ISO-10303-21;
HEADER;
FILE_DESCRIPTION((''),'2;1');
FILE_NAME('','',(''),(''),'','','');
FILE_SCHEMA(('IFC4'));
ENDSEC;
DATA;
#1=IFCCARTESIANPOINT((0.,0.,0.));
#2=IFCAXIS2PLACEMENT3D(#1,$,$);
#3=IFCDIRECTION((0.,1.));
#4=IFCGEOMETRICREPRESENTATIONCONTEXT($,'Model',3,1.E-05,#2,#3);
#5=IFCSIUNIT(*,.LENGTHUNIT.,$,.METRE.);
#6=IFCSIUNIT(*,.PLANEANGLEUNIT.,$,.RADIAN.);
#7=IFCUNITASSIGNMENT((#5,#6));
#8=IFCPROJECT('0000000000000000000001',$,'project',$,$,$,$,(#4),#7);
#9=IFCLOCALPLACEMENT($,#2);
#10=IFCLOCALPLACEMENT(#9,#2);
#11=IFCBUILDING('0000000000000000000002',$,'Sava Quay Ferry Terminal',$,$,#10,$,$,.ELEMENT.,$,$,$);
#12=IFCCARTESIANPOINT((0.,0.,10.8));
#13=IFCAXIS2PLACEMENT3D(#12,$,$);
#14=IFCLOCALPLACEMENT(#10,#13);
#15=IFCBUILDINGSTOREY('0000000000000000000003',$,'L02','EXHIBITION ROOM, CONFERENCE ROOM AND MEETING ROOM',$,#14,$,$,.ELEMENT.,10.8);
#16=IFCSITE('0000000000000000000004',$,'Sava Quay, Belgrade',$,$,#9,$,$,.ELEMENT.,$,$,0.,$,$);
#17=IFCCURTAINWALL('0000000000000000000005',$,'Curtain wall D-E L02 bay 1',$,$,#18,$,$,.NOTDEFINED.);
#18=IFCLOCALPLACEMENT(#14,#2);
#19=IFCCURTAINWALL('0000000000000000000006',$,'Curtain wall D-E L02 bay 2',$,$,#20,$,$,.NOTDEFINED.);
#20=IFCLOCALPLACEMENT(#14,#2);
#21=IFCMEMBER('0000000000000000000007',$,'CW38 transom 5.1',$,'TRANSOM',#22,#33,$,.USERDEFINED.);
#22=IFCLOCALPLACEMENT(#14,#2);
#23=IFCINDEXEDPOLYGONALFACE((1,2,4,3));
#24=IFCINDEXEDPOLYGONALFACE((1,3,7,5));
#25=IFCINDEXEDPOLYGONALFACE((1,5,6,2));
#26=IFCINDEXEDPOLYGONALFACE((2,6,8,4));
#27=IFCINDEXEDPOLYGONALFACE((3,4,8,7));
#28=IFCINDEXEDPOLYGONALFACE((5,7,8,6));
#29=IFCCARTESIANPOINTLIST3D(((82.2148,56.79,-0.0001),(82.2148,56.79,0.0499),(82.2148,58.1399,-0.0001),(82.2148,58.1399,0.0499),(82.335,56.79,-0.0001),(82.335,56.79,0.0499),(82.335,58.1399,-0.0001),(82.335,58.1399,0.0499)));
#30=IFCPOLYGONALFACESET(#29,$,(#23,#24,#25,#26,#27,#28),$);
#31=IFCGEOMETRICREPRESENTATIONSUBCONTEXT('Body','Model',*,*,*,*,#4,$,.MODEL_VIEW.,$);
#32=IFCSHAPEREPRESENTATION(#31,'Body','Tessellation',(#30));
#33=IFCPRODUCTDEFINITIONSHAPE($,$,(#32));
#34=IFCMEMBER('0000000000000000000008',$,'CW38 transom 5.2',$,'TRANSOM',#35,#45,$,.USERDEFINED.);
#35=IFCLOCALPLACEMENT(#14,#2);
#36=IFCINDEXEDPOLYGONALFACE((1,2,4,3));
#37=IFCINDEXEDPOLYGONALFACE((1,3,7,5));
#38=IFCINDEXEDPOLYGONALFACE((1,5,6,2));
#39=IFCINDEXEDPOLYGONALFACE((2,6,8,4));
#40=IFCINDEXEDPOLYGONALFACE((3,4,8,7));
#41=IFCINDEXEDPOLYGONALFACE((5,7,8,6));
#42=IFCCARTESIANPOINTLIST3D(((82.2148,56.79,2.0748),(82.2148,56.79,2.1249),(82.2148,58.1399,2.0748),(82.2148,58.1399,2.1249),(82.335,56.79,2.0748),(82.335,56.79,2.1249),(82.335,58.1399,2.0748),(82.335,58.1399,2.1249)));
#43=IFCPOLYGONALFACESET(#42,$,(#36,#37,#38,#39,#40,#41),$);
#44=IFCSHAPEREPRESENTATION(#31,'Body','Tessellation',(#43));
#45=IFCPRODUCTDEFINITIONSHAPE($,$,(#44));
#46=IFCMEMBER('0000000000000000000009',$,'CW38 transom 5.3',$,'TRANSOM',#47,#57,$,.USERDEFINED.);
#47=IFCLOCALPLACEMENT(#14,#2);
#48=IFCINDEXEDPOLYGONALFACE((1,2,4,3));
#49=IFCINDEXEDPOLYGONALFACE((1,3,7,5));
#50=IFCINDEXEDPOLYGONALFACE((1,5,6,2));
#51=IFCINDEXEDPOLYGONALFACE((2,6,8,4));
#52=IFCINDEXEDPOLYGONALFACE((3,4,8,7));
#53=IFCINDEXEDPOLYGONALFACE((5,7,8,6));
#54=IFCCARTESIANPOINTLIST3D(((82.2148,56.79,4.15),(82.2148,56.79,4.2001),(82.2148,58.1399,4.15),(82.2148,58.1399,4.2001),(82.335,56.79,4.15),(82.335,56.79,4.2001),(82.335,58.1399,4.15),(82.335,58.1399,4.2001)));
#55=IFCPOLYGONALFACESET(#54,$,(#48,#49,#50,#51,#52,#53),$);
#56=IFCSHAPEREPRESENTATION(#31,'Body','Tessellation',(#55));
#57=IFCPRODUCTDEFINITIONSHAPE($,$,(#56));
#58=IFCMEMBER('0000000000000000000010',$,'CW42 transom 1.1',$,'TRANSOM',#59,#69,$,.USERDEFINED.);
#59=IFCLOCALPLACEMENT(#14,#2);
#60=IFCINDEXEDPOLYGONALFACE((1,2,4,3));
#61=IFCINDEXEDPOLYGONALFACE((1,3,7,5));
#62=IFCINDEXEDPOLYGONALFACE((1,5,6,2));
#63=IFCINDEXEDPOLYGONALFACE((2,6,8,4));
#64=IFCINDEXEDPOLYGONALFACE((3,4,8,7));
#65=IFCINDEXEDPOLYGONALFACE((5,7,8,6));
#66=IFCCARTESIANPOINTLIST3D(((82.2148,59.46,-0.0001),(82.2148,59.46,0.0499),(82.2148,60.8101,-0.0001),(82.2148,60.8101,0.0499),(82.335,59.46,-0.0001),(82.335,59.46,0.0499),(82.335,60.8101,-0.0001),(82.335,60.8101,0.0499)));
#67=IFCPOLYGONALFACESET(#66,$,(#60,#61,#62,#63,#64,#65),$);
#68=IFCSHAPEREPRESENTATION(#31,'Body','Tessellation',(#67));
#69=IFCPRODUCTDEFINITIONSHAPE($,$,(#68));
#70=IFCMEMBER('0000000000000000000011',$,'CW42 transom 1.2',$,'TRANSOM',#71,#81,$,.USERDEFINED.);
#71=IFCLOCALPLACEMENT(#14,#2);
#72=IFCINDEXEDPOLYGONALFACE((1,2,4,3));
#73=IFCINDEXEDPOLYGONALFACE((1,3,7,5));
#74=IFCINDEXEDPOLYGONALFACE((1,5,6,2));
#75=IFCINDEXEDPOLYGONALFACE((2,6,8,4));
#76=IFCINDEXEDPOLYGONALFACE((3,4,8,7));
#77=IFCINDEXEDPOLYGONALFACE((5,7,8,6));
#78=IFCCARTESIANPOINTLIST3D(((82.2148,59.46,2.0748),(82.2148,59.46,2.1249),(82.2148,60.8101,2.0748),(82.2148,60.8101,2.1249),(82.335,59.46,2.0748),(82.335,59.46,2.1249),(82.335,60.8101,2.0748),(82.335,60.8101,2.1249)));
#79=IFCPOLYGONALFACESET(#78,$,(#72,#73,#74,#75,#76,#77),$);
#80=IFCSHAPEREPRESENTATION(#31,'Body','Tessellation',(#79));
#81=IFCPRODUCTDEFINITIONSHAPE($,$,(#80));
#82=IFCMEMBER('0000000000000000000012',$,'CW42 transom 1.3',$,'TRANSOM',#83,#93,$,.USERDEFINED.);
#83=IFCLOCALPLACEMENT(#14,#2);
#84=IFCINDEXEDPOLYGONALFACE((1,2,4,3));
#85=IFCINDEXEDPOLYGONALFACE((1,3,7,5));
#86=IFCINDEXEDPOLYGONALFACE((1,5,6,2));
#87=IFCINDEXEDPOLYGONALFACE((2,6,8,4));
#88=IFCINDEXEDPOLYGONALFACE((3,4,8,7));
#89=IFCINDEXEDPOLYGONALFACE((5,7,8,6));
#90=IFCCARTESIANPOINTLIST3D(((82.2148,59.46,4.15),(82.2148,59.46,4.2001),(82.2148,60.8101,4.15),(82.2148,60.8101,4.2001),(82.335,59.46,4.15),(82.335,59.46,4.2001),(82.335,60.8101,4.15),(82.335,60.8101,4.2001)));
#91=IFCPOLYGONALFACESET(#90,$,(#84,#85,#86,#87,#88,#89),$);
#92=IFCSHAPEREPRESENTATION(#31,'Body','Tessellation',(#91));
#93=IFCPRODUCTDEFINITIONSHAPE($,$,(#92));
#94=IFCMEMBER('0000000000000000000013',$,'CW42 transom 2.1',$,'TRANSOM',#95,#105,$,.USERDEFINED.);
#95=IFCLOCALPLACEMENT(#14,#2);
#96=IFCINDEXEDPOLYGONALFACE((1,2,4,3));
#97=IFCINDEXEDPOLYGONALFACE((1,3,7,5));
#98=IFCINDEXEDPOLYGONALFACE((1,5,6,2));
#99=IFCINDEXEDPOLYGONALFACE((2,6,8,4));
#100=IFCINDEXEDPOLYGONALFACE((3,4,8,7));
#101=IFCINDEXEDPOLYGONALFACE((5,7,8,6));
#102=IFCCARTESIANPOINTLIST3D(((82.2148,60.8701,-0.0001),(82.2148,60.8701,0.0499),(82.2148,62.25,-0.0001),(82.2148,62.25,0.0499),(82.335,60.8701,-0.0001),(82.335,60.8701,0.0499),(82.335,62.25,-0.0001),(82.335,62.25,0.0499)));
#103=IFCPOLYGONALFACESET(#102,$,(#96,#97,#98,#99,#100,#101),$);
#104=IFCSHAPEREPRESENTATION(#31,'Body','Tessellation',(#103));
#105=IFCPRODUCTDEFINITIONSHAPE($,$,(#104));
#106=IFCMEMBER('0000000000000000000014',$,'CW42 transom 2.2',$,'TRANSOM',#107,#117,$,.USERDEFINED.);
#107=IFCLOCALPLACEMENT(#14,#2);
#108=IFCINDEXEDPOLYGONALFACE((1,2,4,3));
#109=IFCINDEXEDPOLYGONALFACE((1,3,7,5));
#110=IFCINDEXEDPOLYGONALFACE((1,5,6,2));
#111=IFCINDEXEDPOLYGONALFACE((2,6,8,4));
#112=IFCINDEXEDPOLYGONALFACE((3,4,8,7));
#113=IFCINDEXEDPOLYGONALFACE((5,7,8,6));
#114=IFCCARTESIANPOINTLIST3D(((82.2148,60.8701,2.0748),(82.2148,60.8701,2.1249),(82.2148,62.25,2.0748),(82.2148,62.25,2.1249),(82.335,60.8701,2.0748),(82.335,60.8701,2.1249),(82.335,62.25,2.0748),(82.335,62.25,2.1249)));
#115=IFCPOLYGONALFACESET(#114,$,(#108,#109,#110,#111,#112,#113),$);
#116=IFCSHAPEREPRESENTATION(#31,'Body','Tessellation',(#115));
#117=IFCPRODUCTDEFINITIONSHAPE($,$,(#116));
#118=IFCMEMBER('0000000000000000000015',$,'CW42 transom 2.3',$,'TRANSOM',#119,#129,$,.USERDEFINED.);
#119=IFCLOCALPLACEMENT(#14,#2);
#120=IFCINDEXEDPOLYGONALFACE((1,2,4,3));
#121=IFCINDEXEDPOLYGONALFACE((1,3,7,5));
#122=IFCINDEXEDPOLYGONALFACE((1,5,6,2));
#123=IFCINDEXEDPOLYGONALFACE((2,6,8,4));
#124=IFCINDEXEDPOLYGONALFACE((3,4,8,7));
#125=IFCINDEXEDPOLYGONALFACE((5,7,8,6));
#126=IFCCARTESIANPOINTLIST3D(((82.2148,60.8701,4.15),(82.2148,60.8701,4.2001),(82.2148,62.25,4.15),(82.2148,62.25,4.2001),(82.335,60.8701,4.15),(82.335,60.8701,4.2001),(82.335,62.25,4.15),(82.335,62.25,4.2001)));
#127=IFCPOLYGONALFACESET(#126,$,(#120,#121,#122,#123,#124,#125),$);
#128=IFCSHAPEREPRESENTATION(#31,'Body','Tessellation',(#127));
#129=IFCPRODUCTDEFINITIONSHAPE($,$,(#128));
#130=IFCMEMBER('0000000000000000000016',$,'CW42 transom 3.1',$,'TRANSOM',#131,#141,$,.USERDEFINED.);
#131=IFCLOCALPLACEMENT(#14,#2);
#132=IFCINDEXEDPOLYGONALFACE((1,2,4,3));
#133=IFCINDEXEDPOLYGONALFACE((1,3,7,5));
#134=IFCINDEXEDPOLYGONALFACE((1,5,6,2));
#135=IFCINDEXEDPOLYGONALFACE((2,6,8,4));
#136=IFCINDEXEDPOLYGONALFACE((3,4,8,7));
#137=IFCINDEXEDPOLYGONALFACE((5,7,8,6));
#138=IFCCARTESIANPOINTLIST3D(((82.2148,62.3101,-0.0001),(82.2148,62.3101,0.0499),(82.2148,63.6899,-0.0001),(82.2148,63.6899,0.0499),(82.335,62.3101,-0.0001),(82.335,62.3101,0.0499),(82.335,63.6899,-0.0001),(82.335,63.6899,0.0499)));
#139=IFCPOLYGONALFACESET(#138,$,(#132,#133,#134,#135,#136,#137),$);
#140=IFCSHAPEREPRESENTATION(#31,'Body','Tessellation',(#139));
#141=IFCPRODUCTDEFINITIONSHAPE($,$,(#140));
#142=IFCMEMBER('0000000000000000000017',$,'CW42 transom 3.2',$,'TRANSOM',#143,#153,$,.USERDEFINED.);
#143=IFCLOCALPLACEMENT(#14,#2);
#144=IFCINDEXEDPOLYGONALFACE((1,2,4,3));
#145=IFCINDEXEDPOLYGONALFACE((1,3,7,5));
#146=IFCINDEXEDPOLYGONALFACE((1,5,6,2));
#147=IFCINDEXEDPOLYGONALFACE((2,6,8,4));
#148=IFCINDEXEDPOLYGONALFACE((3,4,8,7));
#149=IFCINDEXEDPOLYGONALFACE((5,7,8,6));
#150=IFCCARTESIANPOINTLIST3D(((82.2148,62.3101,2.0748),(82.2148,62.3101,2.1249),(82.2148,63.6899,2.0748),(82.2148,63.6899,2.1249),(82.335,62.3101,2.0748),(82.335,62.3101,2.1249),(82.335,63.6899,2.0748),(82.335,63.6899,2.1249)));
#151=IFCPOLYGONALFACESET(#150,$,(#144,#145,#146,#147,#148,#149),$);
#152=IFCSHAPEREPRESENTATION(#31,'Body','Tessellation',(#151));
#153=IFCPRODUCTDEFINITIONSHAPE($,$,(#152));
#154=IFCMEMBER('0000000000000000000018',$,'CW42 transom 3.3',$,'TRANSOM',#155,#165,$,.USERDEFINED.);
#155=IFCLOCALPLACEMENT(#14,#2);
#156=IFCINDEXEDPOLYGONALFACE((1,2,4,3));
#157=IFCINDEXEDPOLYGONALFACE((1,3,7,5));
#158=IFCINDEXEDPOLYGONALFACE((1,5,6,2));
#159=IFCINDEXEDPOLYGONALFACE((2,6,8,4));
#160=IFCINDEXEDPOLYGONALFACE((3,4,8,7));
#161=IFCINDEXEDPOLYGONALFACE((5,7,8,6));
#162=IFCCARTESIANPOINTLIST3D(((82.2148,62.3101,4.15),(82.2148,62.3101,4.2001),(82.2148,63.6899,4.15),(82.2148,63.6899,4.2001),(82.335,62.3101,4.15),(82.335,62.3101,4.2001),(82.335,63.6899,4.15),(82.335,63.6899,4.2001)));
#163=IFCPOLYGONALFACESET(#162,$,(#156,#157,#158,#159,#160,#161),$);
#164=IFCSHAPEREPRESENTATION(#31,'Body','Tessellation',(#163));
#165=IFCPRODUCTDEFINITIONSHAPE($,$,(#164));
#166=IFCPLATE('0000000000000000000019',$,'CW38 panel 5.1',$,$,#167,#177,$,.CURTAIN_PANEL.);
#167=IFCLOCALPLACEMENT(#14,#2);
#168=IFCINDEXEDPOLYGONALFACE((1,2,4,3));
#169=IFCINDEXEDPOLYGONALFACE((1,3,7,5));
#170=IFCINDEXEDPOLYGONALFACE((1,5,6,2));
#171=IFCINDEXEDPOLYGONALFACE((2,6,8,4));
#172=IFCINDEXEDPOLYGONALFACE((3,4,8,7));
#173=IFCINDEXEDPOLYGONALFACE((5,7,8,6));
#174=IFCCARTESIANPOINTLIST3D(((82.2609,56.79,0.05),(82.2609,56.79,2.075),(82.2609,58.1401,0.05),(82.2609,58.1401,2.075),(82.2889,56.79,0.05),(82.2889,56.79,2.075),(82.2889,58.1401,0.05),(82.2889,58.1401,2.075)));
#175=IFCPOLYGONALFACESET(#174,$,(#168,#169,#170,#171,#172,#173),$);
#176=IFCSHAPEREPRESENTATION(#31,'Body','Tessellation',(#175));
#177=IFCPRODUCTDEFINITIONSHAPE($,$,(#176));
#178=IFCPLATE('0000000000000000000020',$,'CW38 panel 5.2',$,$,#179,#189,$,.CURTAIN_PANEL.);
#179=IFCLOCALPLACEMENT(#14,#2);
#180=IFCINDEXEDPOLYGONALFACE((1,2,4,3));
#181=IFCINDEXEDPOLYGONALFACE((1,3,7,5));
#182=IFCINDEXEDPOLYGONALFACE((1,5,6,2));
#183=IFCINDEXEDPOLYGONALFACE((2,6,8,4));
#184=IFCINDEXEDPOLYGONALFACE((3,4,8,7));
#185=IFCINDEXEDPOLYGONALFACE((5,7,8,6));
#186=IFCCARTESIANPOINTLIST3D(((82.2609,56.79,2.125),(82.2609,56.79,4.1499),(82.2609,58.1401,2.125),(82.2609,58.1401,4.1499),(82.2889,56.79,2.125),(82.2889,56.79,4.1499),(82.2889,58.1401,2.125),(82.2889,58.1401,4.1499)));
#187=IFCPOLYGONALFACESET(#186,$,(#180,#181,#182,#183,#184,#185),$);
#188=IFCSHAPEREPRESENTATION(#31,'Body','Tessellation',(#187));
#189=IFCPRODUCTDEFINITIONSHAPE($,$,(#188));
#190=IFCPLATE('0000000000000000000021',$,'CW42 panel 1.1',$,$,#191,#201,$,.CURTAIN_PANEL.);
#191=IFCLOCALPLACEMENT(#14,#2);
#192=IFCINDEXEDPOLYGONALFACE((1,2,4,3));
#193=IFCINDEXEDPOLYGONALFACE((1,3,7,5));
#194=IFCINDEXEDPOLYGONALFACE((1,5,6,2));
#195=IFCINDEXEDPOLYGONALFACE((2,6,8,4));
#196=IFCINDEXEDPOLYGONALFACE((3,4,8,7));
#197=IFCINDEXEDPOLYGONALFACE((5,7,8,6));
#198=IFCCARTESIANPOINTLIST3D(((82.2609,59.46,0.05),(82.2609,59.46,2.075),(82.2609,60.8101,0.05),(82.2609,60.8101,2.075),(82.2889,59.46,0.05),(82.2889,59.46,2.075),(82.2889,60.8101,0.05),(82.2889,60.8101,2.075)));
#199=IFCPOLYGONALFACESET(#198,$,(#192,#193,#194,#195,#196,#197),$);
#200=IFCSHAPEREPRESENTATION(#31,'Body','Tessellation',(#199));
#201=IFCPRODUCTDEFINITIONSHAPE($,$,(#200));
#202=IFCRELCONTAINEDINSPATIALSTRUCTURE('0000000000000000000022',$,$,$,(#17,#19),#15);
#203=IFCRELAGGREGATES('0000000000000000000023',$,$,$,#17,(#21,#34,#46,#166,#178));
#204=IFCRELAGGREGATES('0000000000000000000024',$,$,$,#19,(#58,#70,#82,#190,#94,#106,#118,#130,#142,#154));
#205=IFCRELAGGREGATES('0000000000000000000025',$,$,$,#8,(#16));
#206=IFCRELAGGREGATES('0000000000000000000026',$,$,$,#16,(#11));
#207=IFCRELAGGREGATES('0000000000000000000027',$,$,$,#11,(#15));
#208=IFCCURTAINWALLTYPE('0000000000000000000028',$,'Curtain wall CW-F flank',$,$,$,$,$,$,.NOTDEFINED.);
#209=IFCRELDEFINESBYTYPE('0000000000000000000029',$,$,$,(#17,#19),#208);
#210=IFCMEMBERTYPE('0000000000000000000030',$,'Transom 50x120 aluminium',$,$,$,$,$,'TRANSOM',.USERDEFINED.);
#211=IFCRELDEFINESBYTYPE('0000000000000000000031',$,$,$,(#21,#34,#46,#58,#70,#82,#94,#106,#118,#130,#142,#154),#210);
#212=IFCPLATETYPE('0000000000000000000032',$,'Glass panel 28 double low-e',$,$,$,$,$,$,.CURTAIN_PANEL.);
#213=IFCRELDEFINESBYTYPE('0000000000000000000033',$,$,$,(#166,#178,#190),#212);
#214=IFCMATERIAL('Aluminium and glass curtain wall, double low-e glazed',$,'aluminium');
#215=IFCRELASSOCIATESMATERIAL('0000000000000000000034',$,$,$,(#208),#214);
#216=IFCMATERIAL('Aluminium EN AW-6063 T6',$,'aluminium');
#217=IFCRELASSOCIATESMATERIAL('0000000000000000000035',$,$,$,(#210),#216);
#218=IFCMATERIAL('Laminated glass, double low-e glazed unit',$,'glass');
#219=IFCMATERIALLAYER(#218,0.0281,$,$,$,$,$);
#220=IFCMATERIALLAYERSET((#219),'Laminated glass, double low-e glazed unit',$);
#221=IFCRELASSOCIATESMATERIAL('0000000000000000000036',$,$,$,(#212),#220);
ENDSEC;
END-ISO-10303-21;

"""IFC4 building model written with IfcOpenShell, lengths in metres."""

from ifc_helpers import new_model, si_unit, direction, frame, origin, origin_2d, place, context, subcontext, project, spatial, rectangle, extrude, material, layer, layer_set, material_profile, profile_set, type_object, element, aggregate, save


model = new_model("IFC4")

# Units and contexts
model_context = context("Model", 3, precision=1e-05, world=origin(), true_north=direction((0.0, 1.0)))
body_context = subcontext(model_context, "Body", "Model", "MODEL_VIEW")
ifc_project = project(units=[si_unit("LENGTHUNIT", "METRE"), si_unit("PLANEANGLEUNIT", "RADIAN")], contexts=[model_context])

# Site, building, storey
site_placement = place(None, origin())
site = spatial("IfcSite", under=ifc_project, at=site_placement, Name="Sava Quay, Belgrade", CompositionType="ELEMENT", RefElevation=0.0)
building_placement = place(site_placement, origin())
building = spatial("IfcBuilding", under=site, at=building_placement, Name="Sava Quay Ferry Terminal", CompositionType="ELEMENT")
storey_placement = place(building_placement, frame((0.0, 0.0, 10.8)))
storey = spatial("IfcBuildingStorey", under=building, at=storey_placement, Name="L02", Description="EXHIBITION ROOM, CONFERENCE ROOM AND MEETING ROOM", CompositionType="ELEMENT", Elevation=10.8)

# Curtain walls
ifc_material_1 = material(Name="Aluminium and glass curtain wall, double low-e glazed", Category="aluminium")
curtain_wall_type = type_object("IfcCurtainWallType", Name="Curtain wall CW-F flank", PredefinedType="NOTDEFINED", material=ifc_material_1)
curtain_wall_1_placement = place(storey_placement, origin())
curtain_wall_1 = element("IfcCurtainWall", 1, at=curtain_wall_1_placement, inside=storey, type_object=curtain_wall_type, Name="Curtain wall D-E L02 bay 1", PredefinedType="NOTDEFINED")
curtain_wall_2_placement = place(storey_placement, origin())
curtain_wall_2 = element("IfcCurtainWall", 2, at=curtain_wall_2_placement, inside=storey, type_object=curtain_wall_type, Name="Curtain wall D-E L02 bay 2", PredefinedType="NOTDEFINED")

# Members
ifc_material_2 = material(Name="Aluminium EN AW-6063 T6", Category="aluminium")
ifc_material_profile_1 = material_profile(ifc_material_2, rectangle(XDim=0.1201, YDim=0.05, at=origin_2d()), Name="Transom 50x120 aluminium")
ifc_profile_set_1 = profile_set([ifc_material_profile_1], Name="Aluminium EN AW-6063 T6")
member_type_1 = type_object("IfcMemberType", Name="Transom 50x120 aluminium", ElementType="TRANSOM", PredefinedType="USERDEFINED", material=ifc_profile_set_1)
member_1_placement = place(storey_placement, frame((82.2749, 56.79, 0.0249), z_axis=(0.0, 1.0, 0.0), x_axis=(-1.0, 0.0, 0.0)))
member_1 = element("IfcMember", 3, at=member_1_placement, type_object=member_type_1, Name="CW38 transom 5.1", ObjectType="TRANSOM", PredefinedType="USERDEFINED", context=body_context, shape_type="SweptSolid", body=[
    extrude(rectangle(XDim=0.1201, YDim=0.05, at=origin_2d()), origin(), (0.0, 0.0, 1.0), 1.3499),
])
member_2_placement = place(storey_placement, frame((82.2749, 56.79, 2.0999), z_axis=(0.0, 1.0, 0.0), x_axis=(-1.0, 0.0, 0.0)))
member_2 = element("IfcMember", 4, at=member_2_placement, type_object=member_type_1, Name="CW38 transom 5.2", ObjectType="TRANSOM", PredefinedType="USERDEFINED", context=body_context, shape_type="SweptSolid", body=[
    extrude(rectangle(XDim=0.1201, YDim=0.05, at=origin_2d()), origin(), (0.0, 0.0, 1.0), 1.3499),
])
member_3_placement = place(storey_placement, frame((82.2749, 56.79, 4.175), z_axis=(0.0, 1.0, 0.0), x_axis=(-1.0, 0.0, 0.0)))
member_3 = element("IfcMember", 5, at=member_3_placement, type_object=member_type_1, Name="CW38 transom 5.3", ObjectType="TRANSOM", PredefinedType="USERDEFINED", context=body_context, shape_type="SweptSolid", body=[
    extrude(rectangle(XDim=0.1201, YDim=0.05, at=origin_2d()), origin(), (0.0, 0.0, 1.0), 1.3499),
])
member_4_placement = place(storey_placement, frame((82.2749, 59.46, 0.0249), z_axis=(0.0, 1.0, 0.0), x_axis=(-1.0, 0.0, 0.0)))
member_4 = element("IfcMember", 6, at=member_4_placement, type_object=member_type_1, Name="CW42 transom 1.1", ObjectType="TRANSOM", PredefinedType="USERDEFINED", context=body_context, shape_type="SweptSolid", body=[
    extrude(rectangle(XDim=0.1201, YDim=0.05, at=origin_2d()), origin(), (0.0, 0.0, 1.0), 1.3501),
])
member_5_placement = place(storey_placement, frame((82.2749, 59.46, 2.0999), z_axis=(0.0, 1.0, 0.0), x_axis=(-1.0, 0.0, 0.0)))
member_5 = element("IfcMember", 7, at=member_5_placement, type_object=member_type_1, Name="CW42 transom 1.2", ObjectType="TRANSOM", PredefinedType="USERDEFINED", context=body_context, shape_type="SweptSolid", body=[
    extrude(rectangle(XDim=0.1201, YDim=0.05, at=origin_2d()), origin(), (0.0, 0.0, 1.0), 1.3501),
])
member_6_placement = place(storey_placement, frame((82.2749, 59.46, 4.175), z_axis=(0.0, 1.0, 0.0), x_axis=(-1.0, 0.0, 0.0)))
member_6 = element("IfcMember", 8, at=member_6_placement, type_object=member_type_1, Name="CW42 transom 1.3", ObjectType="TRANSOM", PredefinedType="USERDEFINED", context=body_context, shape_type="SweptSolid", body=[
    extrude(rectangle(XDim=0.1201, YDim=0.05, at=origin_2d()), origin(), (0.0, 0.0, 1.0), 1.3501),
])
member_7_placement = place(storey_placement, frame((82.2749, 60.8701, 0.0249), z_axis=(0.0, 1.0, 0.0), x_axis=(-1.0, 0.0, 0.0)))
member_7 = element("IfcMember", 9, at=member_7_placement, type_object=member_type_1, Name="CW42 transom 2.1", ObjectType="TRANSOM", PredefinedType="USERDEFINED", context=body_context, shape_type="SweptSolid", body=[
    extrude(rectangle(XDim=0.1201, YDim=0.05, at=origin_2d()), origin(), (0.0, 0.0, 1.0), 1.3799),
])
member_8_placement = place(storey_placement, frame((82.2749, 60.8701, 2.0999), z_axis=(0.0, 1.0, 0.0), x_axis=(-1.0, 0.0, 0.0)))
member_8 = element("IfcMember", 10, at=member_8_placement, type_object=member_type_1, Name="CW42 transom 2.2", ObjectType="TRANSOM", PredefinedType="USERDEFINED", context=body_context, shape_type="SweptSolid", body=[
    extrude(rectangle(XDim=0.1201, YDim=0.05, at=origin_2d()), origin(), (0.0, 0.0, 1.0), 1.3799),
])
member_9_placement = place(storey_placement, frame((82.2749, 60.8701, 4.175), z_axis=(0.0, 1.0, 0.0), x_axis=(-1.0, 0.0, 0.0)))
member_9 = element("IfcMember", 11, at=member_9_placement, type_object=member_type_1, Name="CW42 transom 2.3", ObjectType="TRANSOM", PredefinedType="USERDEFINED", context=body_context, shape_type="SweptSolid", body=[
    extrude(rectangle(XDim=0.1201, YDim=0.05, at=origin_2d()), origin(), (0.0, 0.0, 1.0), 1.3799),
])
member_10_placement = place(storey_placement, frame((82.2749, 62.3101, 0.0249), z_axis=(0.0, 1.0, 0.0), x_axis=(-1.0, 0.0, 0.0)))
member_10 = element("IfcMember", 12, at=member_10_placement, type_object=member_type_1, Name="CW42 transom 3.1", ObjectType="TRANSOM", PredefinedType="USERDEFINED", context=body_context, shape_type="SweptSolid", body=[
    extrude(rectangle(XDim=0.1201, YDim=0.05, at=origin_2d()), origin(), (0.0, 0.0, 1.0), 1.3799),
])
member_11_placement = place(storey_placement, frame((82.2749, 62.3101, 2.0999), z_axis=(0.0, 1.0, 0.0), x_axis=(-1.0, 0.0, 0.0)))
member_11 = element("IfcMember", 13, at=member_11_placement, type_object=member_type_1, Name="CW42 transom 3.2", ObjectType="TRANSOM", PredefinedType="USERDEFINED", context=body_context, shape_type="SweptSolid", body=[
    extrude(rectangle(XDim=0.1201, YDim=0.05, at=origin_2d()), origin(), (0.0, 0.0, 1.0), 1.3799),
])
member_12_placement = place(storey_placement, frame((82.2749, 62.3101, 4.175), z_axis=(0.0, 1.0, 0.0), x_axis=(-1.0, 0.0, 0.0)))
member_12 = element("IfcMember", 14, at=member_12_placement, type_object=member_type_1, Name="CW42 transom 3.3", ObjectType="TRANSOM", PredefinedType="USERDEFINED", context=body_context, shape_type="SweptSolid", body=[
    extrude(rectangle(XDim=0.1201, YDim=0.05, at=origin_2d()), origin(), (0.0, 0.0, 1.0), 1.3799),
])

# Plates
ifc_material_3 = material(Name="Laminated glass, double low-e glazed unit", Category="glass")
ifc_layer_1 = layer(ifc_material_3, 0.0281)
ifc_layer_set_1 = layer_set([ifc_layer_1], Name="Laminated glass, double low-e glazed unit")
plate_type_1 = type_object("IfcPlateType", Name="Glass panel 28 double low-e", PredefinedType="CURTAIN_PANEL", material=ifc_layer_set_1)
plate_1_placement = place(storey_placement, frame((82.2749, 57.4651, 0.05), z_axis=(0.0, 0.0, 1.0), x_axis=(0.0, 1.0, 0.0)))
plate_1 = element("IfcPlate", 15, at=plate_1_placement, type_object=plate_type_1, Name="CW38 panel 5.1", PredefinedType="CURTAIN_PANEL", context=body_context, shape_type="SweptSolid", body=[
    extrude(rectangle(XDim=1.3501, YDim=0.0281, at=origin_2d()), origin(), (0.0, 0.0, 1.0), 2.0249),
])
plate_2_placement = place(storey_placement, frame((82.2749, 57.4651, 2.125), z_axis=(0.0, 0.0, 1.0), x_axis=(0.0, 1.0, 0.0)))
plate_2 = element("IfcPlate", 16, at=plate_2_placement, type_object=plate_type_1, Name="CW38 panel 5.2", PredefinedType="CURTAIN_PANEL", context=body_context, shape_type="SweptSolid", body=[
    extrude(rectangle(XDim=1.3501, YDim=0.0281, at=origin_2d()), origin(), (0.0, 0.0, 1.0), 2.0249),
])
aggregate(curtain_wall_1, [member_1, member_2, member_3, plate_1, plate_2])
plate_3_placement = place(storey_placement, frame((82.2749, 60.135, 0.05), z_axis=(0.0, 0.0, 1.0), x_axis=(0.0, 1.0, 0.0)))
plate_3 = element("IfcPlate", 17, at=plate_3_placement, type_object=plate_type_1, Name="CW42 panel 1.1", PredefinedType="CURTAIN_PANEL", context=body_context, shape_type="SweptSolid", body=[
    extrude(rectangle(XDim=1.3501, YDim=0.0281, at=origin_2d()), origin(), (0.0, 0.0, 1.0), 2.0249),
])
aggregate(curtain_wall_2, [member_4, member_5, member_6, plate_3, member_7, member_8, member_9, member_10, member_11, member_12])

save(model, "model.ifc")
